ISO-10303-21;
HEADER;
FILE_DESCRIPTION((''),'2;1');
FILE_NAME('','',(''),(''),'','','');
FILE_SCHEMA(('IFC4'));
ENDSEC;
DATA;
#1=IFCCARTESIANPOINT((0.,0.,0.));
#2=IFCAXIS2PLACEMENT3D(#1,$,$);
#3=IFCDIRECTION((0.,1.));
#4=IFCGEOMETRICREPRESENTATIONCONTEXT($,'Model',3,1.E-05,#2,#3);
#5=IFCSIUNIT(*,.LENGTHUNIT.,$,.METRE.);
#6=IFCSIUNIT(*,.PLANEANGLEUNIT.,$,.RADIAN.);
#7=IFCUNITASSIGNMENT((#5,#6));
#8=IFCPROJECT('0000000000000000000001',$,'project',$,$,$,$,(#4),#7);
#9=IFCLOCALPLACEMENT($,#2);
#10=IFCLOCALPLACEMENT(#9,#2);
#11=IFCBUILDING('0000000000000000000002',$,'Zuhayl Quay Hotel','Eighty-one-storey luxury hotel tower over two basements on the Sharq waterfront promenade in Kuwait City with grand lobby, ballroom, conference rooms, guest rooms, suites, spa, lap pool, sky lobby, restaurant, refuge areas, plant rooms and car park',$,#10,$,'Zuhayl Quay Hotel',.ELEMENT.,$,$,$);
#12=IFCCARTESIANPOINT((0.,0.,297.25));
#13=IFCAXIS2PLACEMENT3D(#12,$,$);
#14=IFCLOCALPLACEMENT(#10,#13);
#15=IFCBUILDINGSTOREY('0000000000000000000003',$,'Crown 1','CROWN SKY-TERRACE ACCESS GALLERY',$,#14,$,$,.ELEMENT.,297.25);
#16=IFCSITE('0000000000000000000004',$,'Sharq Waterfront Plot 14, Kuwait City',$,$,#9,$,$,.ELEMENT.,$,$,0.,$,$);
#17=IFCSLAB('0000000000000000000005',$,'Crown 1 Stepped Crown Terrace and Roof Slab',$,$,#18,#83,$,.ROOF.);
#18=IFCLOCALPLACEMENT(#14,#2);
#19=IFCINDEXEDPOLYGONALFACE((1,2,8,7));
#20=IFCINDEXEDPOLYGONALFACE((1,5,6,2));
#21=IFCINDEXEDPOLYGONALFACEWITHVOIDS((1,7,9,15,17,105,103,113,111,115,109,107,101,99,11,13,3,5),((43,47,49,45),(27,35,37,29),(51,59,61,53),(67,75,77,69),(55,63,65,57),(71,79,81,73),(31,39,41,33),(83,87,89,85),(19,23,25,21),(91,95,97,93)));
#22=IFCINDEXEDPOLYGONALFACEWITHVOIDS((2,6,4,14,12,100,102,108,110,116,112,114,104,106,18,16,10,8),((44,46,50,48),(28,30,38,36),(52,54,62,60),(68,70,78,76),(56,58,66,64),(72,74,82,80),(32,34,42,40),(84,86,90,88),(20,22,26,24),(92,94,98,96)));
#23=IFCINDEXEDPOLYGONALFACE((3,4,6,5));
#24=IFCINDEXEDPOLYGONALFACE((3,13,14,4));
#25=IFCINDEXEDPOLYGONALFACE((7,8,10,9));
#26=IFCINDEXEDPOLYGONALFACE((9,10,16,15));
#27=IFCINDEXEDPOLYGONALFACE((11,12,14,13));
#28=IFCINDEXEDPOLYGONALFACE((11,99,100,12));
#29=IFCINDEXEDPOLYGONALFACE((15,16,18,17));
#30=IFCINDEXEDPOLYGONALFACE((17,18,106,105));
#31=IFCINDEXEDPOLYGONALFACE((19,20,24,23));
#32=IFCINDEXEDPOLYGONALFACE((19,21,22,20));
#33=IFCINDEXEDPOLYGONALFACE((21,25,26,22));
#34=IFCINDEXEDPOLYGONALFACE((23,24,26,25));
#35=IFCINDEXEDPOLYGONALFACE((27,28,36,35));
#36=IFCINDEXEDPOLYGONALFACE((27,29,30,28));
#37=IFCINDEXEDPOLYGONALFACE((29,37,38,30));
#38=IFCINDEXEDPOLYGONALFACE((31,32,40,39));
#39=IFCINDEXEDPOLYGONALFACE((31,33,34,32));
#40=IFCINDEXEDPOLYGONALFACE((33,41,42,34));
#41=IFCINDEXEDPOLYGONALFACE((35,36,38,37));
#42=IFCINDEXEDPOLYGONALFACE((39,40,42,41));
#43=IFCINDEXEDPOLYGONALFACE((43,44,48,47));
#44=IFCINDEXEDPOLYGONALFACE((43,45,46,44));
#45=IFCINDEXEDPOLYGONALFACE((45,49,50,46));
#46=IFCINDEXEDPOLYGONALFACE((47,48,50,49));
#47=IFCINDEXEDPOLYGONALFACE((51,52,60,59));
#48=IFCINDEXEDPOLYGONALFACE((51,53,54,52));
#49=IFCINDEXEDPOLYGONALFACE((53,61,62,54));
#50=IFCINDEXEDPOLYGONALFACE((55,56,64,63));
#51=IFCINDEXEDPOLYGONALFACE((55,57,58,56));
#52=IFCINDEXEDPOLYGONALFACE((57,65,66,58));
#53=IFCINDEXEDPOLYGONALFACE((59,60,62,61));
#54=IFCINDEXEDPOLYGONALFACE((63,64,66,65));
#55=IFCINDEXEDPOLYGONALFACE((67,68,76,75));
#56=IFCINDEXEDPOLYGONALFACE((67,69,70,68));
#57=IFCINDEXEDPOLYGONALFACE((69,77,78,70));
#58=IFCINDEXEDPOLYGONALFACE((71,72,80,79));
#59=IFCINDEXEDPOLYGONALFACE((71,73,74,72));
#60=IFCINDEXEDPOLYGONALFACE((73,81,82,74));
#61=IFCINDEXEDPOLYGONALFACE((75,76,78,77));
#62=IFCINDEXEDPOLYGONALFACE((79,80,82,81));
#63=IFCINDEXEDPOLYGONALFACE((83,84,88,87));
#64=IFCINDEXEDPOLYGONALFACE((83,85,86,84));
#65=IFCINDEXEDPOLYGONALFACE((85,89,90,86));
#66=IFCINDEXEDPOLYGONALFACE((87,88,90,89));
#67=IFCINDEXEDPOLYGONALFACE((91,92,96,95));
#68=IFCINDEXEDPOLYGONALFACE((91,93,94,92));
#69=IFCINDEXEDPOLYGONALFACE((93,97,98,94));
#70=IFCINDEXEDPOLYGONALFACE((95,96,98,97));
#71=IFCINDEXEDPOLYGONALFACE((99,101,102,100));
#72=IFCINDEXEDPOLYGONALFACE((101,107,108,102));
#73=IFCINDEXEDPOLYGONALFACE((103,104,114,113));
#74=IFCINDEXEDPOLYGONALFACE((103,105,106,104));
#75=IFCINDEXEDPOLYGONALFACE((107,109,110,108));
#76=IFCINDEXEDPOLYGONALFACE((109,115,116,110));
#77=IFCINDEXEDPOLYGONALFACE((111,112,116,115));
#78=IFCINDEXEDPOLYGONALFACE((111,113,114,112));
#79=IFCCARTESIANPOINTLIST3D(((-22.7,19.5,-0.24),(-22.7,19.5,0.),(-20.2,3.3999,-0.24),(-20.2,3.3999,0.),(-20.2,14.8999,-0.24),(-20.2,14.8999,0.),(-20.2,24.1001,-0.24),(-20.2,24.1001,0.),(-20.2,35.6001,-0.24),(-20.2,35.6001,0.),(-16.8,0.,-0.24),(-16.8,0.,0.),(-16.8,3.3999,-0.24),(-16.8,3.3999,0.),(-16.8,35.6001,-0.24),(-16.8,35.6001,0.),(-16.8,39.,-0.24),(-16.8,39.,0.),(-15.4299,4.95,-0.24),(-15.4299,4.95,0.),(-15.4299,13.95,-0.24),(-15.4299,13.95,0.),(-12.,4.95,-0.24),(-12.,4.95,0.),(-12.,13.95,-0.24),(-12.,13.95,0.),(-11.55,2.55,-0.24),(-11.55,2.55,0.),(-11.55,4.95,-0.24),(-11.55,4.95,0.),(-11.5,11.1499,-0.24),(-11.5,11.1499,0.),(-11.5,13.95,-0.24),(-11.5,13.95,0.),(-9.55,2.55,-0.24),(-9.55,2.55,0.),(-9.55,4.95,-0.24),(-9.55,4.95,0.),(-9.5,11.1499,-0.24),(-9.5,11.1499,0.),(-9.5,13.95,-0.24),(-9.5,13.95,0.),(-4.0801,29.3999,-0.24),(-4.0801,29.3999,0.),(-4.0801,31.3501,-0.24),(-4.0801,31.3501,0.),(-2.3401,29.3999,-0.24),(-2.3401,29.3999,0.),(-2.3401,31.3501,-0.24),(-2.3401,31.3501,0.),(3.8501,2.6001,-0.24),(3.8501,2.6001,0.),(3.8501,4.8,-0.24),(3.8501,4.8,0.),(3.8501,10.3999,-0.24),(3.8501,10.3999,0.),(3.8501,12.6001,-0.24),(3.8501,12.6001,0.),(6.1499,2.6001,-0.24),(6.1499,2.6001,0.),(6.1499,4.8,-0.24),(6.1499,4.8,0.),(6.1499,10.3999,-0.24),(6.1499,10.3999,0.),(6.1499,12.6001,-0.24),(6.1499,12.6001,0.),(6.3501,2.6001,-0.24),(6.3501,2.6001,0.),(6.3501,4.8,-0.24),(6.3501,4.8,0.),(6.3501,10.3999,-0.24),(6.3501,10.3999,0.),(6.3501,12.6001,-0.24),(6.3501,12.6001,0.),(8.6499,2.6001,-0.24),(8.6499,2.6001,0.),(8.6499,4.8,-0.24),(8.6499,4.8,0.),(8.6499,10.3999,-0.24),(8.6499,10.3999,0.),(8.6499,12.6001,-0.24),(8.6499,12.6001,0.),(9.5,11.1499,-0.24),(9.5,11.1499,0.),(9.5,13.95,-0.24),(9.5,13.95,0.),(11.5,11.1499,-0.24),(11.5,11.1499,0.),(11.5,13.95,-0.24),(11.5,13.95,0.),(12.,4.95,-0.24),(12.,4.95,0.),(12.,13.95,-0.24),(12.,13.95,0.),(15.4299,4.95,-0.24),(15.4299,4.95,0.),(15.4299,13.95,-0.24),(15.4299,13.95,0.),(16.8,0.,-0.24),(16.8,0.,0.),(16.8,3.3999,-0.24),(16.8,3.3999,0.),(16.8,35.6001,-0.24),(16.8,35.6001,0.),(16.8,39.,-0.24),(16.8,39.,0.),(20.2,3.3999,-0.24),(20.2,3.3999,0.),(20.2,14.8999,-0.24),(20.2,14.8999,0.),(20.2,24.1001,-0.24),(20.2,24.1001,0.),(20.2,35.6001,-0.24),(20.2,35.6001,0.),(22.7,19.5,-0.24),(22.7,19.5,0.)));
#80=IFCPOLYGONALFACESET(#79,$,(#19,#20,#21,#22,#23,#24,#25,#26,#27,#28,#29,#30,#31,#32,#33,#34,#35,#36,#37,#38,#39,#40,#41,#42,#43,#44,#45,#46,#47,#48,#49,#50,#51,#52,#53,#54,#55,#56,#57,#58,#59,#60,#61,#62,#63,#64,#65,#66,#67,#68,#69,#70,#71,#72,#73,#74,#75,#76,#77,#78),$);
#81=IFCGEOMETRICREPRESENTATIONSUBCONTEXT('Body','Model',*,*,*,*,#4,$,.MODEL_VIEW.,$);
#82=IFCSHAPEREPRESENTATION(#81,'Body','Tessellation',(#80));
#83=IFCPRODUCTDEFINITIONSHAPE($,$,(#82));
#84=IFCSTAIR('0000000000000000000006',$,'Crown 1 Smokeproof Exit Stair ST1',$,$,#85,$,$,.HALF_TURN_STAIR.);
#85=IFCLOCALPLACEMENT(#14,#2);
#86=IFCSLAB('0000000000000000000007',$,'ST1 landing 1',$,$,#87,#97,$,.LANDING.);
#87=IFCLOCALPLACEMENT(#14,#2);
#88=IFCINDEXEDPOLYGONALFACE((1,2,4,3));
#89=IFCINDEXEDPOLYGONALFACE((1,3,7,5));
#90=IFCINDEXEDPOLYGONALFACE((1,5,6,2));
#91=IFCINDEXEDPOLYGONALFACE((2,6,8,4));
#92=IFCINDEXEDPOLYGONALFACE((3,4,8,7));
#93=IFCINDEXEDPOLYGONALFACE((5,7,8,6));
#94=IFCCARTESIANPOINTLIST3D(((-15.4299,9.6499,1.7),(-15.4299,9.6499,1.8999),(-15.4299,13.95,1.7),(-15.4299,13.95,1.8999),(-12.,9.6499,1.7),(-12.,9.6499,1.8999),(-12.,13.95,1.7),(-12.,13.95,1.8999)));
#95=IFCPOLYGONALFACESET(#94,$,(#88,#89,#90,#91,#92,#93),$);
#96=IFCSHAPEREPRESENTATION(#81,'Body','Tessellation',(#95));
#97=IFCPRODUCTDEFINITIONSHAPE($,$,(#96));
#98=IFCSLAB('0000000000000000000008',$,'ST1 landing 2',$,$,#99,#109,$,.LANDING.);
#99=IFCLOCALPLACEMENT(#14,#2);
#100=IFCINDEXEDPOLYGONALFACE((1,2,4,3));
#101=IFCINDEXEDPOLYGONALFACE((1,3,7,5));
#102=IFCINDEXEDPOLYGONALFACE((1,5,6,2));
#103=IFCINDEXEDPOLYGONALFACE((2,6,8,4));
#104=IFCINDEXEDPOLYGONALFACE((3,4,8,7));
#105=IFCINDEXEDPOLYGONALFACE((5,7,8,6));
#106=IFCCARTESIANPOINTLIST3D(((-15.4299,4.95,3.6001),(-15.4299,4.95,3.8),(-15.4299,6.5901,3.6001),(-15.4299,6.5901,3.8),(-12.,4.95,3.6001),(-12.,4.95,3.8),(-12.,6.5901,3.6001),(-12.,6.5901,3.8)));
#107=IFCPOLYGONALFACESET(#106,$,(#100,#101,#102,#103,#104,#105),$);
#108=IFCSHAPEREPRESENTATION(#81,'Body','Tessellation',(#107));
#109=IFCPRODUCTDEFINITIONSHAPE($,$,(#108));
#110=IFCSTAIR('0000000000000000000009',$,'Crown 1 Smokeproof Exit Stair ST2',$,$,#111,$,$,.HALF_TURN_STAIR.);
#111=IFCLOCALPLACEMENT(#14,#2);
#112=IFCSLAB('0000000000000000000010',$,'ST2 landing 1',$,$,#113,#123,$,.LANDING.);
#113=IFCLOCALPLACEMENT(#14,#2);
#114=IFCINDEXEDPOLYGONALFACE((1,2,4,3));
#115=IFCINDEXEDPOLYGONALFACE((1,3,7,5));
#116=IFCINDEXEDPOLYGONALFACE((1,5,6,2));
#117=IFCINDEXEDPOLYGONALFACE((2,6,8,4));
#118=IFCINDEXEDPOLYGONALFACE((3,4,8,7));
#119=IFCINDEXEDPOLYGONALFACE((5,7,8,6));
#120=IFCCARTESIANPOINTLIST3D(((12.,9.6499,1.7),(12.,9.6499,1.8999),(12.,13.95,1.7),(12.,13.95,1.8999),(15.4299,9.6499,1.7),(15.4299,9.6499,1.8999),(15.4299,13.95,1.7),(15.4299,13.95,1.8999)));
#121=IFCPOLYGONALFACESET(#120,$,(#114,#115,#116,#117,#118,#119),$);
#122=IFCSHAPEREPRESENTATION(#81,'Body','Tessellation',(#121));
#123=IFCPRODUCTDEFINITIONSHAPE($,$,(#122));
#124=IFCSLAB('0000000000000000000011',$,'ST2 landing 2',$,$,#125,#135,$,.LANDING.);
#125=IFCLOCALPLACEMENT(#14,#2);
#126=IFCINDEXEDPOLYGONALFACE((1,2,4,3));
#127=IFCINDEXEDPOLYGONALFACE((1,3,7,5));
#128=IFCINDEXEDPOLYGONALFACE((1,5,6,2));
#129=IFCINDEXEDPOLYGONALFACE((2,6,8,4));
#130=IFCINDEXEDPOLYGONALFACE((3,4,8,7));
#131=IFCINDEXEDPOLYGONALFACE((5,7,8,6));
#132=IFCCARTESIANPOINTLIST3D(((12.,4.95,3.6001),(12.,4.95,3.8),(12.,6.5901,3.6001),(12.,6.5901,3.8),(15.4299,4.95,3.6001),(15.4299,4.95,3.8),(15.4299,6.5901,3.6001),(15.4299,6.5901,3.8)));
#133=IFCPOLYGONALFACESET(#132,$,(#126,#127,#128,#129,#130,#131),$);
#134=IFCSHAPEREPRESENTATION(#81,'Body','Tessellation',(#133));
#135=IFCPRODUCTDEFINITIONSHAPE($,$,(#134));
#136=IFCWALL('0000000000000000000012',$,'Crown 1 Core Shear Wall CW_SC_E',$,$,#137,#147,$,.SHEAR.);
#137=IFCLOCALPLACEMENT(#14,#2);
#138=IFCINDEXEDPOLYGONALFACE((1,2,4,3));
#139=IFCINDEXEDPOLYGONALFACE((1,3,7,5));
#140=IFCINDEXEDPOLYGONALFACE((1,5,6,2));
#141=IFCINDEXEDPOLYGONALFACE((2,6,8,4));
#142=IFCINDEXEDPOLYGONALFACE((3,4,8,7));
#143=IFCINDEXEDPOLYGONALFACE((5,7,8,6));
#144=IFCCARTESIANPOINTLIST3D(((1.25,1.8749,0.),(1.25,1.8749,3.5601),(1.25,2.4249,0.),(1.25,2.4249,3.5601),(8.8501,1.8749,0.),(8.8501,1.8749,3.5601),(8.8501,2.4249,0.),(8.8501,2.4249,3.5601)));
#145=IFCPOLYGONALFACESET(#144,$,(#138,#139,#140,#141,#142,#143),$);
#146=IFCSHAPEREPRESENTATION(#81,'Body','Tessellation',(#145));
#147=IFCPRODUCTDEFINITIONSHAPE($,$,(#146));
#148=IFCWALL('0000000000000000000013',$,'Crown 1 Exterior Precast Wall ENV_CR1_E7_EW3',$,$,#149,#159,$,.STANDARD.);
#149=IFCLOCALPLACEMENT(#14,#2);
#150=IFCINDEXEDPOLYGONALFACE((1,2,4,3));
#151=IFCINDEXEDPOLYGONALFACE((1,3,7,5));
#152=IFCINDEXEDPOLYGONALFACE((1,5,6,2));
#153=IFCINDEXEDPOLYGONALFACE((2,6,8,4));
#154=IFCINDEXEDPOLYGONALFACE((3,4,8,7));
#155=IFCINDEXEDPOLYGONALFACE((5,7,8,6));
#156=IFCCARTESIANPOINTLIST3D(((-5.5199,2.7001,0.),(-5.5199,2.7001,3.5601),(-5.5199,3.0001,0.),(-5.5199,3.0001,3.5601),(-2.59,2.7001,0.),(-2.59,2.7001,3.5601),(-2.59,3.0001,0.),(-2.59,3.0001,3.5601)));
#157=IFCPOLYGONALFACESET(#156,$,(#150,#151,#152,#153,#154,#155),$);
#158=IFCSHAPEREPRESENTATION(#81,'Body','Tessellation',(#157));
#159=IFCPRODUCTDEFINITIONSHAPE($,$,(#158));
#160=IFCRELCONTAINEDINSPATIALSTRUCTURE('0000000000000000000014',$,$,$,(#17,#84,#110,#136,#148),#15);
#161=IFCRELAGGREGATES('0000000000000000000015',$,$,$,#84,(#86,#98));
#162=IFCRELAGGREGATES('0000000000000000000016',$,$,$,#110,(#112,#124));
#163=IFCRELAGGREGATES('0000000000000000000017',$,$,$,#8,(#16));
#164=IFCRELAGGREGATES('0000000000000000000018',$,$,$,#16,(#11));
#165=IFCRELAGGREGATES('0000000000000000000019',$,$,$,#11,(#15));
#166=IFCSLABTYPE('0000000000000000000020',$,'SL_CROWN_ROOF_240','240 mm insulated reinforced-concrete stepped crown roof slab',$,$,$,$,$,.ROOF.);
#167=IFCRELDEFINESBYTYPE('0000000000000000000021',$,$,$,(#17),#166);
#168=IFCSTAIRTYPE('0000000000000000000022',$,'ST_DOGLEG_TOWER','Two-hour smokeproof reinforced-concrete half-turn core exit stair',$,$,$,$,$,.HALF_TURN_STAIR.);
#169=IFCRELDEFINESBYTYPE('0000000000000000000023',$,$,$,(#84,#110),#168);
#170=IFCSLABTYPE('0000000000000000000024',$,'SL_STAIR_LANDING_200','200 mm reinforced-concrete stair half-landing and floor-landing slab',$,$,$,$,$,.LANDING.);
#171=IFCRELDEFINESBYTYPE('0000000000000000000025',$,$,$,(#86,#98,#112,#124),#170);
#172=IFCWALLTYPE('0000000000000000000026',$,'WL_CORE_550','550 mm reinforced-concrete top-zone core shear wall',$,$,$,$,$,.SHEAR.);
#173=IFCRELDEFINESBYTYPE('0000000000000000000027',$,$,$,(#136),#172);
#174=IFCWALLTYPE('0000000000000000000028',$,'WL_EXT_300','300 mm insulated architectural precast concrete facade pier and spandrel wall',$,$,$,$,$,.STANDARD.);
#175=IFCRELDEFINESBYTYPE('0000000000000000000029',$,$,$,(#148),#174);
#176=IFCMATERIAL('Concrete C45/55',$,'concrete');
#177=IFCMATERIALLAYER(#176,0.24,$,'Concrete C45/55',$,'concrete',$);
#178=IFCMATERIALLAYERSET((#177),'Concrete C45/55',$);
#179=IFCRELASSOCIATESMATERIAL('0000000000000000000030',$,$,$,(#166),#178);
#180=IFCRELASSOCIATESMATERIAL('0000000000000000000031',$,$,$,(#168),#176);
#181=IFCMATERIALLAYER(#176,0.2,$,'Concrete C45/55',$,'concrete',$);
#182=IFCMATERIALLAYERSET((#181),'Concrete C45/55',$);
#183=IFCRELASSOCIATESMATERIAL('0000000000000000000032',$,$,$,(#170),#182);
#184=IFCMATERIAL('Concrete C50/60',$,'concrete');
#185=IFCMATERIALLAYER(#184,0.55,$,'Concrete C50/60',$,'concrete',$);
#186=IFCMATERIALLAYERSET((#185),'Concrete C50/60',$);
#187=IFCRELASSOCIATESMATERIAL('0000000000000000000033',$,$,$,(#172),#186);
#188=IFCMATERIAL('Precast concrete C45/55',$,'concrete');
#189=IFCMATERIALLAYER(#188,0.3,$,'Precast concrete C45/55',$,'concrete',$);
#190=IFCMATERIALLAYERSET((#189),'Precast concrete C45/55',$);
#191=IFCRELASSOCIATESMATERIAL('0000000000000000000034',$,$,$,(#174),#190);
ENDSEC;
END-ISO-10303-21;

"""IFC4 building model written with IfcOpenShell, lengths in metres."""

from ifc_helpers import new_model, si_unit, direction, frame, frame_2d, origin, place, context, subcontext, project, spatial, polyline, rectangle, outline, extrude, material, layer, layer_set, type_object, element, aggregate, save


model = new_model("IFC4")

# Units and contexts
model_context = context("Model", 3, precision=1e-05, world=origin(), true_north=direction((0.0, 1.0)))
body_context = subcontext(model_context, "Body", "Model", "MODEL_VIEW")
ifc_project = project(units=[si_unit("LENGTHUNIT", "METRE"), si_unit("PLANEANGLEUNIT", "RADIAN")], contexts=[model_context])

# Site, building, storey
site_placement = place(None, origin())
site = spatial("IfcSite", under=ifc_project, at=site_placement, Name="Sharq Waterfront Plot 14, Kuwait City", CompositionType="ELEMENT", RefElevation=0.0)
building_placement = place(site_placement, origin())
building = spatial("IfcBuilding", under=site, at=building_placement, Name="Zuhayl Quay Hotel", Description="Eighty-one-storey luxury hotel tower over two basements on the Sharq waterfront promenade in Kuwait City with grand lobby, ballroom, conference rooms, guest rooms, suites, spa, lap pool, sky lobby, restaurant, refuge areas, plant rooms and car park", LongName="Zuhayl Quay Hotel", CompositionType="ELEMENT")
storey_placement = place(building_placement, frame((0.0, 0.0, 297.25)))
storey = spatial("IfcBuildingStorey", under=building, at=storey_placement, Name="Crown 1", Description="CROWN SKY-TERRACE ACCESS GALLERY", CompositionType="ELEMENT", Elevation=297.25)

# Slab
ifc_material_1 = material(Name="Concrete C45/55", Category="concrete")
ifc_layer_1 = layer(ifc_material_1, 0.24, Name="Concrete C45/55", Category="concrete")
ifc_layer_set_1 = layer_set([ifc_layer_1], Name="Concrete C45/55")
slab_type_1 = type_object("IfcSlabType", Name="SL_CROWN_ROOF_240", Description="240 mm insulated reinforced-concrete stepped crown roof slab", PredefinedType="ROOF", material=ifc_layer_set_1)
slab_1_placement = place(storey_placement, frame((0.0, 0.0, -0.24)))
element("IfcSlab", 1, at=slab_1_placement, inside=storey, type_object=slab_type_1, Name="Crown 1 Stepped Crown Terrace and Roof Slab", PredefinedType="ROOF", context=body_context, shape_type="SweptSolid", body=[
    extrude(outline(polyline([(-16.8, 0.0), (16.8, 0.0), (16.8, 3.3999), (20.2, 3.3999), (20.2, 14.8999), (22.7, 19.5), (20.2, 24.1001), (20.2, 35.6001), (16.8, 35.6001), (16.8, 39.0), (-16.8, 39.0), (-16.8, 35.6001), (-20.2, 35.6001), (-20.2, 24.1001), (-22.7, 19.5), (-20.2, 14.8999), (-20.2, 3.3999), (-16.8, 3.3999), (-16.8, 0.0)]), holes=[polyline([(-12.0, 4.95), (-12.0, 13.95), (-15.4299, 13.95), (-15.4299, 4.95), (-12.0, 4.95)]), polyline([(15.4299, 4.95), (15.4299, 13.95), (12.0, 13.95), (12.0, 4.95), (15.4299, 4.95)]), polyline([(-11.5, 11.1499), (-9.5, 11.1499), (-9.5, 13.95), (-11.5, 13.95), (-11.5, 11.1499)]), polyline([(9.5, 11.1499), (11.5, 11.1499), (11.5, 13.95), (9.5, 13.95), (9.5, 11.1499)]), polyline([(3.8501, 2.6001), (6.1499, 2.6001), (6.1499, 4.8), (3.8501, 4.8), (3.8501, 2.6001)]), polyline([(6.3501, 2.6001), (8.6499, 2.6001), (8.6499, 4.8), (6.3501, 4.8), (6.3501, 2.6001)]), polyline([(3.8501, 10.3999), (6.1499, 10.3999), (6.1499, 12.6001), (3.8501, 12.6001), (3.8501, 10.3999)]), polyline([(6.3501, 10.3999), (8.6499, 10.3999), (8.6499, 12.6001), (6.3501, 12.6001), (6.3501, 10.3999)]), polyline([(-4.0801, 29.3999), (-2.3401, 29.3999), (-2.3401, 31.3501), (-4.0801, 31.3501), (-4.0801, 29.3999)]), polyline([(-11.55, 2.55), (-9.55, 2.55), (-9.55, 4.95), (-11.55, 4.95), (-11.55, 2.55)])]), origin(), (0.0, 0.0, 1.0), 0.24),
])

# Stairs, slabs
stair_type = type_object("IfcStairType", Name="ST_DOGLEG_TOWER", Description="Two-hour smokeproof reinforced-concrete half-turn core exit stair", PredefinedType="HALF_TURN_STAIR", material=ifc_material_1)
stair_1_placement = place(storey_placement, origin())
stair_1 = element("IfcStair", 2, at=stair_1_placement, inside=storey, type_object=stair_type, Name="Crown 1 Smokeproof Exit Stair ST1", PredefinedType="HALF_TURN_STAIR")
ifc_layer_2 = layer(ifc_material_1, 0.2, Name="Concrete C45/55", Category="concrete")
ifc_layer_set_2 = layer_set([ifc_layer_2], Name="Concrete C45/55")
slab_type_2 = type_object("IfcSlabType", Name="SL_STAIR_LANDING_200", Description="200 mm reinforced-concrete stair half-landing and floor-landing slab", PredefinedType="LANDING", material=ifc_layer_set_2)
slab_2_placement = place(storey_placement, frame((0.0, 0.0, 1.7)))
slab_2 = element("IfcSlab", 3, at=slab_2_placement, type_object=slab_type_2, Name="ST1 landing 1", PredefinedType="LANDING", context=body_context, shape_type="SweptSolid", body=[
    extrude(outline(polyline([(-12.0, 9.6499), (-12.0, 13.95), (-15.4299, 13.95), (-15.4299, 9.6499), (-12.0, 9.6499)])), origin(), (0.0, 0.0, 1.0), 0.2),
])
slab_3_placement = place(storey_placement, frame((0.0, 0.0, 3.6001)))
slab_3 = element("IfcSlab", 4, at=slab_3_placement, type_object=slab_type_2, Name="ST1 landing 2", PredefinedType="LANDING", context=body_context, shape_type="SweptSolid", body=[
    extrude(outline(polyline([(-12.0, 4.95), (-12.0, 6.5901), (-15.4299, 6.5901), (-15.4299, 4.95), (-12.0, 4.95)])), origin(), (0.0, 0.0, 1.0), 0.2),
])
aggregate(stair_1, [slab_2, slab_3])
stair_2_placement = place(storey_placement, origin())
stair_2 = element("IfcStair", 5, at=stair_2_placement, inside=storey, type_object=stair_type, Name="Crown 1 Smokeproof Exit Stair ST2", PredefinedType="HALF_TURN_STAIR")
slab_4_placement = place(storey_placement, frame((0.0, 0.0, 1.7)))
slab_4 = element("IfcSlab", 6, at=slab_4_placement, type_object=slab_type_2, Name="ST2 landing 1", PredefinedType="LANDING", context=body_context, shape_type="SweptSolid", body=[
    extrude(outline(polyline([(15.4299, 9.6499), (15.4299, 13.95), (12.0, 13.95), (12.0, 9.6499), (15.4299, 9.6499)])), origin(), (0.0, 0.0, 1.0), 0.2),
])
slab_5_placement = place(storey_placement, frame((0.0, 0.0, 3.6001)))
slab_5 = element("IfcSlab", 7, at=slab_5_placement, type_object=slab_type_2, Name="ST2 landing 2", PredefinedType="LANDING", context=body_context, shape_type="SweptSolid", body=[
    extrude(outline(polyline([(15.4299, 4.95), (15.4299, 6.5901), (12.0, 6.5901), (12.0, 4.95), (15.4299, 4.95)])), origin(), (0.0, 0.0, 1.0), 0.2),
])
aggregate(stair_2, [slab_4, slab_5])

# Walls
ifc_material_2 = material(Name="Concrete C50/60", Category="concrete")
ifc_layer_3 = layer(ifc_material_2, 0.55, Name="Concrete C50/60", Category="concrete")
ifc_layer_set_3 = layer_set([ifc_layer_3], Name="Concrete C50/60")
wall_type_1 = type_object("IfcWallType", Name="WL_CORE_550", Description="550 mm reinforced-concrete top-zone core shear wall", PredefinedType="SHEAR", material=ifc_layer_set_3)
wall_1_placement = place(storey_placement, frame((1.25, 2.1499, 0.0), z_axis=(0.0, 0.0, 1.0), x_axis=(1.0, 0.0, 0.0)))
element("IfcWall", 8, at=wall_1_placement, inside=storey, type_object=wall_type_1, Name="Crown 1 Core Shear Wall CW_SC_E", PredefinedType="SHEAR", context=body_context, shape_type="SweptSolid", body=[
    extrude(rectangle(XDim=7.6001, YDim=0.55, at=frame_2d((3.8, 0.0))), origin(), (0.0, 0.0, 1.0), 3.5601),
])
ifc_material_3 = material(Name="Precast concrete C45/55", Category="concrete")
ifc_layer_4 = layer(ifc_material_3, 0.3, Name="Precast concrete C45/55", Category="concrete")
ifc_layer_set_4 = layer_set([ifc_layer_4], Name="Precast concrete C45/55")
wall_type_2 = type_object("IfcWallType", Name="WL_EXT_300", Description="300 mm insulated architectural precast concrete facade pier and spandrel wall", PredefinedType="STANDARD", material=ifc_layer_set_4)
wall_2_placement = place(storey_placement, frame((-2.5901, 2.8501, 0.0), z_axis=(0.0, 0.0, 1.0), x_axis=(-1.0, 0.0, 0.0)))
element("IfcWall", 9, at=wall_2_placement, inside=storey, type_object=wall_type_2, Name="Crown 1 Exterior Precast Wall ENV_CR1_E7_EW3", PredefinedType="STANDARD", context=body_context, shape_type="SweptSolid", body=[
    extrude(rectangle(XDim=2.9299, YDim=0.3, at=frame_2d((1.4648, 0.0))), origin(), (0.0, 0.0, 1.0), 3.5601),
])

save(model, "model.ifc")
